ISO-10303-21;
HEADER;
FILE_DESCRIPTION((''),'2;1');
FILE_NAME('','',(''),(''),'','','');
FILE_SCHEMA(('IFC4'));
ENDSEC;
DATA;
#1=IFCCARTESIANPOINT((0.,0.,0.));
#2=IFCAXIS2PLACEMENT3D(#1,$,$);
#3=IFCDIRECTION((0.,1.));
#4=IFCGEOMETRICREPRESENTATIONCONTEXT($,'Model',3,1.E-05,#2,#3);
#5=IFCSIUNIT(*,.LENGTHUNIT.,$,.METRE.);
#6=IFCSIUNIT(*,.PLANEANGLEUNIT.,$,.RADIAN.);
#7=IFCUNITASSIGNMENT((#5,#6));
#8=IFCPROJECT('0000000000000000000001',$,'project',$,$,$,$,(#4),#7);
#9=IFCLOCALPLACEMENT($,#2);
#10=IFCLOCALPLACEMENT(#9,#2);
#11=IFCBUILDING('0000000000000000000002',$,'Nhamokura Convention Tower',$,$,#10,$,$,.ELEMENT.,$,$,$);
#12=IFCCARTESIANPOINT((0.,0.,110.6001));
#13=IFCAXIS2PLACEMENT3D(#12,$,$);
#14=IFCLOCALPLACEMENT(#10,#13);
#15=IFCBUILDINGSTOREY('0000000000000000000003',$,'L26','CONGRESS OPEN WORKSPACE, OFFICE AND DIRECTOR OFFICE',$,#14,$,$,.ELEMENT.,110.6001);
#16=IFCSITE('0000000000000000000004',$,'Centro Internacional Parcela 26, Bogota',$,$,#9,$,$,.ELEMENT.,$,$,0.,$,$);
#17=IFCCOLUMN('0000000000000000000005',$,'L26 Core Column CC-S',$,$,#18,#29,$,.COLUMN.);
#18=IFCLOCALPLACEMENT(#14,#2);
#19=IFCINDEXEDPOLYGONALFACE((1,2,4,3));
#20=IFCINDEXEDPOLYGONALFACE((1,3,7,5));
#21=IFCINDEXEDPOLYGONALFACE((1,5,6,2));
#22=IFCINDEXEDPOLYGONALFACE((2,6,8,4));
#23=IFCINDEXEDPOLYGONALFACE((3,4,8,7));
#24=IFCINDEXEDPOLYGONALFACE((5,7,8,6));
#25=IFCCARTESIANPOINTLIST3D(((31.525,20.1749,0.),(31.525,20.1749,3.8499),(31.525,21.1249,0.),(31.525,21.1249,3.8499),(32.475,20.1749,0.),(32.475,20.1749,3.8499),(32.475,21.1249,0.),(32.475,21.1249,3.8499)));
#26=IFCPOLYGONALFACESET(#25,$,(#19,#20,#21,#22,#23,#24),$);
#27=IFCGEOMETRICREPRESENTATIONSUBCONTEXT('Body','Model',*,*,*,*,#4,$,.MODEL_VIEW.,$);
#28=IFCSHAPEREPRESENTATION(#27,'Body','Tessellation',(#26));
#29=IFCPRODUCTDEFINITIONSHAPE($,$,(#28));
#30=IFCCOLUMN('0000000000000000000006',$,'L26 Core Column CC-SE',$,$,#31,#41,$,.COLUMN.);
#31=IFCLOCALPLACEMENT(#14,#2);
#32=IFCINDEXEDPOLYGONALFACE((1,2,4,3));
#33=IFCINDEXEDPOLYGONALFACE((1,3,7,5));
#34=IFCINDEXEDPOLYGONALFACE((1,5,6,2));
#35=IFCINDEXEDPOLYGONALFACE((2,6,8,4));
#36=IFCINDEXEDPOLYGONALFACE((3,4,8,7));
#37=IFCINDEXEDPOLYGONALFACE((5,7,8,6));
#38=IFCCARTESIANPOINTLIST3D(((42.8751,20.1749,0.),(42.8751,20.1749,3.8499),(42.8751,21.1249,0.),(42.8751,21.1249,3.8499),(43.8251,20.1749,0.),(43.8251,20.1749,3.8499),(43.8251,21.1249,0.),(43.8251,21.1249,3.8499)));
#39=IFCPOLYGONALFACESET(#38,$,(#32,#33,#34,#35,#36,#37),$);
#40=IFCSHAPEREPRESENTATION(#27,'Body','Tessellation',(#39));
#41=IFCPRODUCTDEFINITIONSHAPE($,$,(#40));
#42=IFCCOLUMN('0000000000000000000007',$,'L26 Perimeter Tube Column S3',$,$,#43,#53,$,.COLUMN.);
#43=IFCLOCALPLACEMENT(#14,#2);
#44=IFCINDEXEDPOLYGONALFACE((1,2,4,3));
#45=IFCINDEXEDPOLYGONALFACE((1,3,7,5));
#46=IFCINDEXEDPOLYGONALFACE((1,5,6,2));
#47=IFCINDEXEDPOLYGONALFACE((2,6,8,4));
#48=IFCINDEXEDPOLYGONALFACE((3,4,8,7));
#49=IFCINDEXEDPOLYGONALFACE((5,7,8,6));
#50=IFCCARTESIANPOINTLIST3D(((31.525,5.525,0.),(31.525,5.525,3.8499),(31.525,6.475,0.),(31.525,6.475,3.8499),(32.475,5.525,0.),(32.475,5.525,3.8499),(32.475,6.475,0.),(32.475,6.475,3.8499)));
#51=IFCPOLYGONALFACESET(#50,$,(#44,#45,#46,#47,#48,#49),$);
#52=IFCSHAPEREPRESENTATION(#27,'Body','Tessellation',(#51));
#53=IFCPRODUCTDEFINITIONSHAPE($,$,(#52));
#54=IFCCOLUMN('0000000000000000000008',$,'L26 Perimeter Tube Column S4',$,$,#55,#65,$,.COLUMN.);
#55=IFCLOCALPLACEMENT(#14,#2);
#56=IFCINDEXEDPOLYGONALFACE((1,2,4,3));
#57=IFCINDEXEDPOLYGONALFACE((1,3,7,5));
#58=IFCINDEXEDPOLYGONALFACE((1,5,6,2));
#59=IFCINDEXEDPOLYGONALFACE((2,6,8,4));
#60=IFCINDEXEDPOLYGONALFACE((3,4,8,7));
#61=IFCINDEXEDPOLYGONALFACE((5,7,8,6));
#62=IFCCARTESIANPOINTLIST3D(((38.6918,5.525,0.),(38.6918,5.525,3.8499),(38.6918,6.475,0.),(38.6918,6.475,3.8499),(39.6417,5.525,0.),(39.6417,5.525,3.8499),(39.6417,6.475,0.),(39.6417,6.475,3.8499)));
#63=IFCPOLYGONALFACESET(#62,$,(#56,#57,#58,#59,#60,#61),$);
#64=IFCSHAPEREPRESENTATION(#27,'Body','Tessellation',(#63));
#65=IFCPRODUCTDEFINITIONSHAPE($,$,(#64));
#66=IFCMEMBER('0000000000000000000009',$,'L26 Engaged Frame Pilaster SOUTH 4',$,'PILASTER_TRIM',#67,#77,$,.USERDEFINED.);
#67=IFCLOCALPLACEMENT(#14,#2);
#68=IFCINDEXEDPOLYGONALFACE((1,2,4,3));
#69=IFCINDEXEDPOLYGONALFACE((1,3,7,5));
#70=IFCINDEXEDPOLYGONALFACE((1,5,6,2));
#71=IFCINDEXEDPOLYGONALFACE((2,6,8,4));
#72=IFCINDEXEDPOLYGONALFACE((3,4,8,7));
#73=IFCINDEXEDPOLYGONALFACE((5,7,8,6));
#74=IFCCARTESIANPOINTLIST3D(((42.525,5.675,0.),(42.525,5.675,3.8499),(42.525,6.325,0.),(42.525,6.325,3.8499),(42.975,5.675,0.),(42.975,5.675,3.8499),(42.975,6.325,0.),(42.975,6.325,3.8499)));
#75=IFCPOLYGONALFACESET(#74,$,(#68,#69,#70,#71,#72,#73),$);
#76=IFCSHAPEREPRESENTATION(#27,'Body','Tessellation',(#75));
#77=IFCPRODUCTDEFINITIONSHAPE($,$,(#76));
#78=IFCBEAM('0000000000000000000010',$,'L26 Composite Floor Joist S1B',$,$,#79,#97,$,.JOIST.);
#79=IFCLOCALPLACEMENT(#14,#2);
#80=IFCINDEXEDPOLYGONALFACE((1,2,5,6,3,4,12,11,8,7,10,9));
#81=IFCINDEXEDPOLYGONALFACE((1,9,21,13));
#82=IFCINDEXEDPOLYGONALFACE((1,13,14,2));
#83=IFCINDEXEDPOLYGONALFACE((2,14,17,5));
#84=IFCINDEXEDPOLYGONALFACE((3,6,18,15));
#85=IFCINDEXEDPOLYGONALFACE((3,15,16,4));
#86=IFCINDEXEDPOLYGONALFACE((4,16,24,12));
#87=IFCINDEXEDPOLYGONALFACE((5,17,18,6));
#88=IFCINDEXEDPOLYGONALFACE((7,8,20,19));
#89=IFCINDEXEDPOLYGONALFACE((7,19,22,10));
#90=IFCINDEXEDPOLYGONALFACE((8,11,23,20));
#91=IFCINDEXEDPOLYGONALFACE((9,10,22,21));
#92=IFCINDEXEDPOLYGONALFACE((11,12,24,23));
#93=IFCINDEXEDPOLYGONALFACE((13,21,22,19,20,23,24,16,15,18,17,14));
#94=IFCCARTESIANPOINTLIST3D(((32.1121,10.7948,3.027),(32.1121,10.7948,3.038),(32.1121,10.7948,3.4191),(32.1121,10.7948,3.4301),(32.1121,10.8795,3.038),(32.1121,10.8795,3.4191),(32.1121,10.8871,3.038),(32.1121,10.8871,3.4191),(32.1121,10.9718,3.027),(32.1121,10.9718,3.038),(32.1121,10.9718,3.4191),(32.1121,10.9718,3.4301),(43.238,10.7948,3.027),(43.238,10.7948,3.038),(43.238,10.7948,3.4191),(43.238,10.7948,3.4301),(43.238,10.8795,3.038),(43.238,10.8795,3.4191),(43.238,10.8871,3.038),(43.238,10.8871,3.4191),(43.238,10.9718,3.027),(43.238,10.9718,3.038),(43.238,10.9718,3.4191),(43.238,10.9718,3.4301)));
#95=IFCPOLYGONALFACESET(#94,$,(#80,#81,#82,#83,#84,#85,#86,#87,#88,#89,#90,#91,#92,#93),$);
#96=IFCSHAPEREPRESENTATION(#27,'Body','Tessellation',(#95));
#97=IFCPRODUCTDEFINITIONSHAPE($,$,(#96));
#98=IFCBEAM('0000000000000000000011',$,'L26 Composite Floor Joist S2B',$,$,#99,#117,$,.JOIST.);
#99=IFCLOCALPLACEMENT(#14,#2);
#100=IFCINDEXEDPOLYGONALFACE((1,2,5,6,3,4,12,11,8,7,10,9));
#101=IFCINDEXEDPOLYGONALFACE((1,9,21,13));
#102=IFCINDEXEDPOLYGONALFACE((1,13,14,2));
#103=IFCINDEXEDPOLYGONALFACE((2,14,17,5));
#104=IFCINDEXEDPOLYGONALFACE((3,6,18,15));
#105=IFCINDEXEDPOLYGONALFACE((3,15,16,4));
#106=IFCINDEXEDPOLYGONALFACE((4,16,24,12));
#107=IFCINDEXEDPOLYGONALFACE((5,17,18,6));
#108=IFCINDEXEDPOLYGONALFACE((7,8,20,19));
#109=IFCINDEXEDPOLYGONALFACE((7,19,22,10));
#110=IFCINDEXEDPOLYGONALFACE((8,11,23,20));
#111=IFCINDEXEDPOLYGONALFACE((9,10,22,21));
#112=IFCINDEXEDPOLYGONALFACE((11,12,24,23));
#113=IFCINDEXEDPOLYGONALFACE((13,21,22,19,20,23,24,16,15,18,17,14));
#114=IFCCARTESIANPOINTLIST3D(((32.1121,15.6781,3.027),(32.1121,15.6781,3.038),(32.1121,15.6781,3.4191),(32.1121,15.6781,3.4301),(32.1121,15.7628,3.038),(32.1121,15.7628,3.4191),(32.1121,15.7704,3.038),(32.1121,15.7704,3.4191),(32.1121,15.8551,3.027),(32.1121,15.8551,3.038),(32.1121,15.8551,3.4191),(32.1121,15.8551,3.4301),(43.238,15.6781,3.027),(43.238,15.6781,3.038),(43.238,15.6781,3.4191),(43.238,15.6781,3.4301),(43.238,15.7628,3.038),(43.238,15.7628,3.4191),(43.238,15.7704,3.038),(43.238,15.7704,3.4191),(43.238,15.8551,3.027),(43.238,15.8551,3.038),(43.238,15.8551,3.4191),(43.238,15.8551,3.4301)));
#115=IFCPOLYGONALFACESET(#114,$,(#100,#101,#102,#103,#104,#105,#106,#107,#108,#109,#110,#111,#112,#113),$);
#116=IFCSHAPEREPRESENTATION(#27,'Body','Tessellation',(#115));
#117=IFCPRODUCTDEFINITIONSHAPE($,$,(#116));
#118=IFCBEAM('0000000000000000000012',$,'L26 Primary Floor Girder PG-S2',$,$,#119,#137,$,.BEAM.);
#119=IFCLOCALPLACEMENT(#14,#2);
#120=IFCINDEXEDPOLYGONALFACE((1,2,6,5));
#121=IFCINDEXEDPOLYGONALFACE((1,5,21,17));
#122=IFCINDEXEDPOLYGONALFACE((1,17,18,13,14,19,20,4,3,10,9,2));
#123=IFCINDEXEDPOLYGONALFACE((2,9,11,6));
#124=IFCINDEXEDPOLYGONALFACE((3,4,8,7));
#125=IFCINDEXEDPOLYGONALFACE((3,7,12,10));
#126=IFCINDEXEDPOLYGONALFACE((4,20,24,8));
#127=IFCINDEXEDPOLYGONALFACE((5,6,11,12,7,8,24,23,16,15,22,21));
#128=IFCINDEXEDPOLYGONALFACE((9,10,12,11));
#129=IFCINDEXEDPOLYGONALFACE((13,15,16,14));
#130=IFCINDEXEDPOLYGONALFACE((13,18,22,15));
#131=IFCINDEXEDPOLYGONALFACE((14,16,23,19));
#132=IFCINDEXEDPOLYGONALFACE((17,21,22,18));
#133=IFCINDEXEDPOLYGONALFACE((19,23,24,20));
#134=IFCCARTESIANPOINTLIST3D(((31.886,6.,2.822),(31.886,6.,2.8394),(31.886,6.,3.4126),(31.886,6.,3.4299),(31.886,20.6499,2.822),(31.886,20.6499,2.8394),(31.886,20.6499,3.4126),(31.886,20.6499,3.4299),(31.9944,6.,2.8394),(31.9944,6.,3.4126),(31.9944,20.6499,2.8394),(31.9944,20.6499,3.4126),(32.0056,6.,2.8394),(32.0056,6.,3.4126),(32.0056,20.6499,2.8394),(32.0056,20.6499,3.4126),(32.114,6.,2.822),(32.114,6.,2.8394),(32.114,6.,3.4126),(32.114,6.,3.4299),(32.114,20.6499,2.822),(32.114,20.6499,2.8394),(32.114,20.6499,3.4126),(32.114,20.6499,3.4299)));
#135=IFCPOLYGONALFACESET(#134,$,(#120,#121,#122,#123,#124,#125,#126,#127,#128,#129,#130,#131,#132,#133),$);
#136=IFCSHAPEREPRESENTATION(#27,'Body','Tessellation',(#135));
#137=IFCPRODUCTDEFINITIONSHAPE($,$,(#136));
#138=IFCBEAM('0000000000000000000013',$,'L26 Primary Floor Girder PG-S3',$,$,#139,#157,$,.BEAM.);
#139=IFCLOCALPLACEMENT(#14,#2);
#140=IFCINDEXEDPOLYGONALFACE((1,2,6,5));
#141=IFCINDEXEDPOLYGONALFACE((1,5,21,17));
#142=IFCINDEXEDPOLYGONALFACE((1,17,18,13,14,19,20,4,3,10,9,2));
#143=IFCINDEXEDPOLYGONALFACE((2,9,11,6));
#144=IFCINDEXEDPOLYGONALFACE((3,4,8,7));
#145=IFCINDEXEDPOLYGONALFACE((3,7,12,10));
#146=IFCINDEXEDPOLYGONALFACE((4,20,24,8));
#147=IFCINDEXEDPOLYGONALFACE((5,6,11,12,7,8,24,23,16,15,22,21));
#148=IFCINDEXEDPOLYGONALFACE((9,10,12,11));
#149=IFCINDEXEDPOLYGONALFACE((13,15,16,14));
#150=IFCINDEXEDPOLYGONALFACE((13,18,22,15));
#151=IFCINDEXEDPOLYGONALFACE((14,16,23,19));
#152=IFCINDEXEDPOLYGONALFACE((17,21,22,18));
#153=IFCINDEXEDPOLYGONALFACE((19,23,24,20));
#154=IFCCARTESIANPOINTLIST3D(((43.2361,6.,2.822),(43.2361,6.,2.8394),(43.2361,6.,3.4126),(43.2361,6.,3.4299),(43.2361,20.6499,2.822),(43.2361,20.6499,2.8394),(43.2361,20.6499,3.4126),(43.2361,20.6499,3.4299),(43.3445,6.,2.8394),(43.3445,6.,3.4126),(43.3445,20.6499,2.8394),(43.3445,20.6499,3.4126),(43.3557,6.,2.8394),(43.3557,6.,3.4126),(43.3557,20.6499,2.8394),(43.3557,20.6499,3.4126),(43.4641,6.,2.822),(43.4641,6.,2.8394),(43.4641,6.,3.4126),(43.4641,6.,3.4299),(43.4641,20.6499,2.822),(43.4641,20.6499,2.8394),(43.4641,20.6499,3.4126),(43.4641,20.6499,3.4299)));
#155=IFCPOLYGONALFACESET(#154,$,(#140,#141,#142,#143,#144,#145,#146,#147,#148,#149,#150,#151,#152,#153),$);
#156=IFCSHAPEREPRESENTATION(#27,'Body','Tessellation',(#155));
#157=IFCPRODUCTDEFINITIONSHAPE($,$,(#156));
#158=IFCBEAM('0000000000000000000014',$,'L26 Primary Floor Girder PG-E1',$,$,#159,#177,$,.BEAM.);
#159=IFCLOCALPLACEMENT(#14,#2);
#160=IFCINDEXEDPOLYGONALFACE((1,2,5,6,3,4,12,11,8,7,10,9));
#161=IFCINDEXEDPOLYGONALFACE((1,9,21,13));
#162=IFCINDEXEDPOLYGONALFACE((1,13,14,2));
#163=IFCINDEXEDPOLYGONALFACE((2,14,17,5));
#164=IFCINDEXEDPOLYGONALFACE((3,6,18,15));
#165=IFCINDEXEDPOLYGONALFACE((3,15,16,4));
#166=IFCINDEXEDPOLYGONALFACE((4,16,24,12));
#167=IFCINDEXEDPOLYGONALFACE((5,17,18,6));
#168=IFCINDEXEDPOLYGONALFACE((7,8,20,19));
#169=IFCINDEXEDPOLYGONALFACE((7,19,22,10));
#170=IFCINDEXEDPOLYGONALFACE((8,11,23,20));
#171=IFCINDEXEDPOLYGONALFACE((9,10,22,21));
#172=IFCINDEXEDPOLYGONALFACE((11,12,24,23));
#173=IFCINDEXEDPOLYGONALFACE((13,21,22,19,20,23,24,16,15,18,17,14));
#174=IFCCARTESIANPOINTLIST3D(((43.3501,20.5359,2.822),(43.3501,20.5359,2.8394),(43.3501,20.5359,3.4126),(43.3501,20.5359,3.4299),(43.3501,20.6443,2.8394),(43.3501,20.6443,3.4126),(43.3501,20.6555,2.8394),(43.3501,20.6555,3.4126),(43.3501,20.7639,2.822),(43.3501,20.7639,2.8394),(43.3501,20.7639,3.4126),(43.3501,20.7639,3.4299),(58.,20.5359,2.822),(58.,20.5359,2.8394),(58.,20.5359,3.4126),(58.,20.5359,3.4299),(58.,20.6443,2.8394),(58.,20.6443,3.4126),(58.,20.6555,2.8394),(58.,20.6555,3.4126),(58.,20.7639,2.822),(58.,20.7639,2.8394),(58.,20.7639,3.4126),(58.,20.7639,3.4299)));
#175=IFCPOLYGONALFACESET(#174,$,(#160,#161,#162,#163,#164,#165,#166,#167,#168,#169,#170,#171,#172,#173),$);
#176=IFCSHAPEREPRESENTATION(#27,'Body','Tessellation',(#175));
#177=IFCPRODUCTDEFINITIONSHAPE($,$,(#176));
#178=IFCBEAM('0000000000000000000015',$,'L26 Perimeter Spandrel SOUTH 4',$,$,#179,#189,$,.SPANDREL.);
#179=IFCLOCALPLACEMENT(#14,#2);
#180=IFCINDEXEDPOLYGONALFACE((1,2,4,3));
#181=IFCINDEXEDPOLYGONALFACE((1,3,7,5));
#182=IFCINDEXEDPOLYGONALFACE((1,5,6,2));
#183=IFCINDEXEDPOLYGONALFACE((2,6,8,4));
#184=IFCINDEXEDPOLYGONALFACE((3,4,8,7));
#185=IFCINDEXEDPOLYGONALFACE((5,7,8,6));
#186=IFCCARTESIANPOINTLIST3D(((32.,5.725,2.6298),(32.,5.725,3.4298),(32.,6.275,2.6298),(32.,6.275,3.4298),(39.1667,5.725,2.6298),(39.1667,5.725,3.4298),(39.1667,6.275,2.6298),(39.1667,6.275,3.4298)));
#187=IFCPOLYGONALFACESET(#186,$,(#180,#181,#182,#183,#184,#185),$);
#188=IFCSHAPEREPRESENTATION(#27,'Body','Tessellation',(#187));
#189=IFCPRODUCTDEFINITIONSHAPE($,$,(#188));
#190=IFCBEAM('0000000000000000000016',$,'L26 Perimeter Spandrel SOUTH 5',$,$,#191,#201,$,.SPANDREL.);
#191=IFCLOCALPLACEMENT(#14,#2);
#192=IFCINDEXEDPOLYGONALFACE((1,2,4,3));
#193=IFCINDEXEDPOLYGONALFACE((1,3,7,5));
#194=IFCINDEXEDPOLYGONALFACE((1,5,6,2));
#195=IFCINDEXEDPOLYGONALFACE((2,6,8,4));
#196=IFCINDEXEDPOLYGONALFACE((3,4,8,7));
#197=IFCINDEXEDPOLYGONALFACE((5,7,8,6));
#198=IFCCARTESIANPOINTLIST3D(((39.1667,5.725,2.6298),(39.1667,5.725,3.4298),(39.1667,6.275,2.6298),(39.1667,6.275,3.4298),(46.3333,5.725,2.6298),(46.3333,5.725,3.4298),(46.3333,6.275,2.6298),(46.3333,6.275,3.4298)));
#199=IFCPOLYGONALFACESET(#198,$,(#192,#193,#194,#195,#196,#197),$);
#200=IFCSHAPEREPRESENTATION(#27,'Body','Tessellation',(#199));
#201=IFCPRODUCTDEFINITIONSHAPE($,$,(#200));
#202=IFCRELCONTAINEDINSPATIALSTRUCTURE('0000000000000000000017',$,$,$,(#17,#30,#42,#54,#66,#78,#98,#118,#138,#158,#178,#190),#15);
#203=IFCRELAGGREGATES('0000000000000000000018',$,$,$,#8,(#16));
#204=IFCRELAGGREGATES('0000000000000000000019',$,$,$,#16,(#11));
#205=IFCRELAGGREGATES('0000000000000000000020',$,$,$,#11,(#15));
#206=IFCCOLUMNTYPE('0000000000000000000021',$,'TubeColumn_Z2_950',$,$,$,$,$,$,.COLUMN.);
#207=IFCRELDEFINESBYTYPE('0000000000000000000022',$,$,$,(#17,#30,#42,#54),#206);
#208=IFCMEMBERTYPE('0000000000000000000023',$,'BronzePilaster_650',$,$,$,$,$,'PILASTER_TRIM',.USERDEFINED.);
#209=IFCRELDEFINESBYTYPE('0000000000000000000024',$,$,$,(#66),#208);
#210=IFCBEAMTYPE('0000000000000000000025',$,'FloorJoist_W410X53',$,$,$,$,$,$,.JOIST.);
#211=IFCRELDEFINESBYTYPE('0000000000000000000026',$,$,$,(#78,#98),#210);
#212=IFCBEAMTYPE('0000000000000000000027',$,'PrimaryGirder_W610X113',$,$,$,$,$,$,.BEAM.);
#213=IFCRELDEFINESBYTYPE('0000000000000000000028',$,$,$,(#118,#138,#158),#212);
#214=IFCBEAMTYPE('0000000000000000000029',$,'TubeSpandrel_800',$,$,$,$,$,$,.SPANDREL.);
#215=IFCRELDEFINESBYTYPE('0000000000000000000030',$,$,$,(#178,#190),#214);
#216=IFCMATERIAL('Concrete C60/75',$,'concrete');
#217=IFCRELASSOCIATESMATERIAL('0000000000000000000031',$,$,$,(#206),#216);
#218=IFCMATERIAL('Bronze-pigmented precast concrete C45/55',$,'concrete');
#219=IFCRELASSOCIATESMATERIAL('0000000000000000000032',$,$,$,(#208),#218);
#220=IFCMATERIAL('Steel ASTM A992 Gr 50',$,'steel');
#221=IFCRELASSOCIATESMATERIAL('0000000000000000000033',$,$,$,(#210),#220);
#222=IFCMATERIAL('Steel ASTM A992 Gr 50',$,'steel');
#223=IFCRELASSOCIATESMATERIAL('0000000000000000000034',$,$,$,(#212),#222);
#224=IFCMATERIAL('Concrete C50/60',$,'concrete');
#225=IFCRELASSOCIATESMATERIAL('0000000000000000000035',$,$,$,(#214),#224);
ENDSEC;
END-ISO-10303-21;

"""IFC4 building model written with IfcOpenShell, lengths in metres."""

from ifc_helpers import new_model, si_unit, direction, frame, origin, origin_2d, place, context, subcontext, project, spatial, rectangle, i_section, extrude, material, material_profile, profile_set, type_object, element, save


model = new_model("IFC4")

# Units and contexts
model_context = context("Model", 3, precision=1e-05, world=origin(), true_north=direction((0.0, 1.0)))
body_context = subcontext(model_context, "Body", "Model", "MODEL_VIEW")
ifc_project = project(units=[si_unit("LENGTHUNIT", "METRE"), si_unit("PLANEANGLEUNIT", "RADIAN")], contexts=[model_context])

# Site, building, storey
site_placement = place(None, origin())
site = spatial("IfcSite", under=ifc_project, at=site_placement, Name="Centro Internacional Parcela 26, Bogota", CompositionType="ELEMENT", RefElevation=0.0)
building_placement = place(site_placement, origin())
building = spatial("IfcBuilding", under=site, at=building_placement, Name="Nhamokura Convention Tower", CompositionType="ELEMENT")
storey_placement = place(building_placement, frame((0.0, 0.0, 110.6001)))
storey = spatial("IfcBuildingStorey", under=building, at=storey_placement, Name="L26", Description="CONGRESS OPEN WORKSPACE, OFFICE AND DIRECTOR OFFICE", CompositionType="ELEMENT", Elevation=110.6001)

# Columns
ifc_material_1 = material(Name="Concrete C60/75", Category="concrete")
ifc_material_profile_1 = material_profile(ifc_material_1, rectangle(XDim=0.95, YDim=0.95, at=origin_2d()))
ifc_profile_set_1 = profile_set([ifc_material_profile_1], Name="Concrete C60/75")
column_type = type_object("IfcColumnType", Name="TubeColumn_Z2_950", PredefinedType="COLUMN", material=ifc_profile_set_1)
for number, where, z_axis, x_axis, name in (
    (1, (32.0, 20.6499, 0.0), (0.0, 0.0, 1.0), (1.0, 0.0, 0.0), "L26 Core Column CC-S"),
    (2, (43.3501, 20.6499, 0.0), (0.0, 0.0, 1.0), (1.0, 0.0, 0.0), "L26 Core Column CC-SE"),
    (3, (32.0, 6.0, 0.0), (0.0, 0.0, 1.0), (1.0, 0.0, 0.0), "L26 Perimeter Tube Column S3"),
    (4, (39.1667, 6.0, 0.0), (0.0, 0.0, 1.0), (1.0, 0.0, 0.0), "L26 Perimeter Tube Column S4"),
):
    element("IfcColumn", number, at=place(storey_placement, frame(where, z_axis=z_axis, x_axis=x_axis)), inside=storey, type_object=column_type, Name=name, PredefinedType="COLUMN", context=body_context, shape_type="SweptSolid", body=[
        extrude(rectangle(XDim=0.95, YDim=0.95, at=origin_2d()), origin(), (0.0, 0.0, 1.0), 3.8499),
    ])

# Member
ifc_material_2 = material(Name="Bronze-pigmented precast concrete C45/55", Category="concrete")
ifc_material_profile_2 = material_profile(ifc_material_2, rectangle(XDim=0.45, YDim=0.6499, at=origin_2d()))
ifc_profile_set_2 = profile_set([ifc_material_profile_2], Name="Bronze-pigmented precast concrete C45/55")
member_type = type_object("IfcMemberType", Name="BronzePilaster_650", ElementType="PILASTER_TRIM", PredefinedType="USERDEFINED", material=ifc_profile_set_2)
member_placement = place(storey_placement, frame((42.75, 6.0, 0.0), z_axis=(0.0, 0.0, 1.0), x_axis=(1.0, 0.0, 0.0)))
element("IfcMember", 5, at=member_placement, inside=storey, type_object=member_type, Name="L26 Engaged Frame Pilaster SOUTH 4", ObjectType="PILASTER_TRIM", PredefinedType="USERDEFINED", context=body_context, shape_type="SweptSolid", body=[
    extrude(rectangle(XDim=0.45, YDim=0.6499, at=origin_2d()), origin(), (0.0, 0.0, 1.0), 3.8499),
])

# Beams
ifc_material_3 = material(Name="Steel ASTM A992 Gr 50", Category="steel")
ifc_material_profile_3 = material_profile(ifc_material_3, i_section(OverallWidth=0.177, OverallDepth=0.4031, WebThickness=0.0076, FlangeThickness=0.011, at=origin_2d()))
ifc_profile_set_3 = profile_set([ifc_material_profile_3], Name="Steel ASTM A992 Gr 50")
beam_type_1 = type_object("IfcBeamType", Name="FloorJoist_W410X53", PredefinedType="JOIST", material=ifc_profile_set_3)
for number, where, z_axis, x_axis, name in (
    (6, (32.1121, 10.8833, 3.2285), (1.0, 0.0, 0.0), (0.0, 1.0, 0.0), "L26 Composite Floor Joist S1B"),
    (7, (32.1121, 15.7666, 3.2285), (1.0, 0.0, 0.0), (0.0, 1.0, 0.0), "L26 Composite Floor Joist S2B"),
):
    element("IfcBeam", number, at=place(storey_placement, frame(where, z_axis=z_axis, x_axis=x_axis)), inside=storey, type_object=beam_type_1, Name=name, PredefinedType="JOIST", context=body_context, shape_type="SweptSolid", body=[
        extrude(i_section(OverallWidth=0.177, OverallDepth=0.4031, WebThickness=0.0076, FlangeThickness=0.011, at=origin_2d()), origin(), (0.0, 0.0, 1.0), 11.126),
    ])
ifc_material_4 = material(Name="Steel ASTM A992 Gr 50", Category="steel")
ifc_material_profile_4 = material_profile(ifc_material_4, i_section(OverallWidth=0.228, OverallDepth=0.6079, WebThickness=0.0112, FlangeThickness=0.0173, at=origin_2d()))
ifc_profile_set_4 = profile_set([ifc_material_profile_4], Name="Steel ASTM A992 Gr 50")
beam_type_2 = type_object("IfcBeamType", Name="PrimaryGirder_W610X113", PredefinedType="BEAM", material=ifc_profile_set_4)
for number, where, z_axis, x_axis, name in (
    (8, (32.0, 6.0, 3.126), (0.0, 1.0, 0.0), (-1.0, 0.0, 0.0), "L26 Primary Floor Girder PG-S2"),
    (9, (43.3501, 6.0, 3.126), (0.0, 1.0, 0.0), (-1.0, 0.0, 0.0), "L26 Primary Floor Girder PG-S3"),
    (10, (43.3501, 20.6499, 3.126), (1.0, 0.0, 0.0), (0.0, 1.0, 0.0), "L26 Primary Floor Girder PG-E1"),
):
    element("IfcBeam", number, at=place(storey_placement, frame(where, z_axis=z_axis, x_axis=x_axis)), inside=storey, type_object=beam_type_2, Name=name, PredefinedType="BEAM", context=body_context, shape_type="SweptSolid", body=[
        extrude(i_section(OverallWidth=0.228, OverallDepth=0.6079, WebThickness=0.0112, FlangeThickness=0.0173, at=origin_2d()), origin(), (0.0, 0.0, 1.0), 14.6499),
    ])
ifc_material_5 = material(Name="Concrete C50/60", Category="concrete")
ifc_material_profile_5 = material_profile(ifc_material_5, rectangle(XDim=0.55, YDim=0.8, at=origin_2d()))
ifc_profile_set_5 = profile_set([ifc_material_profile_5], Name="Concrete C50/60")
beam_type_3 = type_object("IfcBeamType", Name="TubeSpandrel_800", PredefinedType="SPANDREL", material=ifc_profile_set_5)
beam_1_placement = place(storey_placement, frame((32.0, 6.0, 3.0298), z_axis=(1.0, 0.0, 0.0), x_axis=(0.0, 1.0, 0.0)))
element("IfcBeam", 11, at=beam_1_placement, inside=storey, type_object=beam_type_3, Name="L26 Perimeter Spandrel SOUTH 4", PredefinedType="SPANDREL", context=body_context, shape_type="SweptSolid", body=[
    extrude(rectangle(XDim=0.55, YDim=0.8, at=origin_2d()), origin(), (0.0, 0.0, 1.0), 7.1667),
])
beam_2_placement = place(storey_placement, frame((39.1667, 6.0, 3.0298), z_axis=(1.0, 0.0, 0.0), x_axis=(0.0, 1.0, 0.0)))
element("IfcBeam", 12, at=beam_2_placement, inside=storey, type_object=beam_type_3, Name="L26 Perimeter Spandrel SOUTH 5", PredefinedType="SPANDREL", context=body_context, shape_type="SweptSolid", body=[
    extrude(rectangle(XDim=0.55, YDim=0.8, at=origin_2d()), origin(), (0.0, 0.0, 1.0), 7.1665),
])

save(model, "model.ifc")
